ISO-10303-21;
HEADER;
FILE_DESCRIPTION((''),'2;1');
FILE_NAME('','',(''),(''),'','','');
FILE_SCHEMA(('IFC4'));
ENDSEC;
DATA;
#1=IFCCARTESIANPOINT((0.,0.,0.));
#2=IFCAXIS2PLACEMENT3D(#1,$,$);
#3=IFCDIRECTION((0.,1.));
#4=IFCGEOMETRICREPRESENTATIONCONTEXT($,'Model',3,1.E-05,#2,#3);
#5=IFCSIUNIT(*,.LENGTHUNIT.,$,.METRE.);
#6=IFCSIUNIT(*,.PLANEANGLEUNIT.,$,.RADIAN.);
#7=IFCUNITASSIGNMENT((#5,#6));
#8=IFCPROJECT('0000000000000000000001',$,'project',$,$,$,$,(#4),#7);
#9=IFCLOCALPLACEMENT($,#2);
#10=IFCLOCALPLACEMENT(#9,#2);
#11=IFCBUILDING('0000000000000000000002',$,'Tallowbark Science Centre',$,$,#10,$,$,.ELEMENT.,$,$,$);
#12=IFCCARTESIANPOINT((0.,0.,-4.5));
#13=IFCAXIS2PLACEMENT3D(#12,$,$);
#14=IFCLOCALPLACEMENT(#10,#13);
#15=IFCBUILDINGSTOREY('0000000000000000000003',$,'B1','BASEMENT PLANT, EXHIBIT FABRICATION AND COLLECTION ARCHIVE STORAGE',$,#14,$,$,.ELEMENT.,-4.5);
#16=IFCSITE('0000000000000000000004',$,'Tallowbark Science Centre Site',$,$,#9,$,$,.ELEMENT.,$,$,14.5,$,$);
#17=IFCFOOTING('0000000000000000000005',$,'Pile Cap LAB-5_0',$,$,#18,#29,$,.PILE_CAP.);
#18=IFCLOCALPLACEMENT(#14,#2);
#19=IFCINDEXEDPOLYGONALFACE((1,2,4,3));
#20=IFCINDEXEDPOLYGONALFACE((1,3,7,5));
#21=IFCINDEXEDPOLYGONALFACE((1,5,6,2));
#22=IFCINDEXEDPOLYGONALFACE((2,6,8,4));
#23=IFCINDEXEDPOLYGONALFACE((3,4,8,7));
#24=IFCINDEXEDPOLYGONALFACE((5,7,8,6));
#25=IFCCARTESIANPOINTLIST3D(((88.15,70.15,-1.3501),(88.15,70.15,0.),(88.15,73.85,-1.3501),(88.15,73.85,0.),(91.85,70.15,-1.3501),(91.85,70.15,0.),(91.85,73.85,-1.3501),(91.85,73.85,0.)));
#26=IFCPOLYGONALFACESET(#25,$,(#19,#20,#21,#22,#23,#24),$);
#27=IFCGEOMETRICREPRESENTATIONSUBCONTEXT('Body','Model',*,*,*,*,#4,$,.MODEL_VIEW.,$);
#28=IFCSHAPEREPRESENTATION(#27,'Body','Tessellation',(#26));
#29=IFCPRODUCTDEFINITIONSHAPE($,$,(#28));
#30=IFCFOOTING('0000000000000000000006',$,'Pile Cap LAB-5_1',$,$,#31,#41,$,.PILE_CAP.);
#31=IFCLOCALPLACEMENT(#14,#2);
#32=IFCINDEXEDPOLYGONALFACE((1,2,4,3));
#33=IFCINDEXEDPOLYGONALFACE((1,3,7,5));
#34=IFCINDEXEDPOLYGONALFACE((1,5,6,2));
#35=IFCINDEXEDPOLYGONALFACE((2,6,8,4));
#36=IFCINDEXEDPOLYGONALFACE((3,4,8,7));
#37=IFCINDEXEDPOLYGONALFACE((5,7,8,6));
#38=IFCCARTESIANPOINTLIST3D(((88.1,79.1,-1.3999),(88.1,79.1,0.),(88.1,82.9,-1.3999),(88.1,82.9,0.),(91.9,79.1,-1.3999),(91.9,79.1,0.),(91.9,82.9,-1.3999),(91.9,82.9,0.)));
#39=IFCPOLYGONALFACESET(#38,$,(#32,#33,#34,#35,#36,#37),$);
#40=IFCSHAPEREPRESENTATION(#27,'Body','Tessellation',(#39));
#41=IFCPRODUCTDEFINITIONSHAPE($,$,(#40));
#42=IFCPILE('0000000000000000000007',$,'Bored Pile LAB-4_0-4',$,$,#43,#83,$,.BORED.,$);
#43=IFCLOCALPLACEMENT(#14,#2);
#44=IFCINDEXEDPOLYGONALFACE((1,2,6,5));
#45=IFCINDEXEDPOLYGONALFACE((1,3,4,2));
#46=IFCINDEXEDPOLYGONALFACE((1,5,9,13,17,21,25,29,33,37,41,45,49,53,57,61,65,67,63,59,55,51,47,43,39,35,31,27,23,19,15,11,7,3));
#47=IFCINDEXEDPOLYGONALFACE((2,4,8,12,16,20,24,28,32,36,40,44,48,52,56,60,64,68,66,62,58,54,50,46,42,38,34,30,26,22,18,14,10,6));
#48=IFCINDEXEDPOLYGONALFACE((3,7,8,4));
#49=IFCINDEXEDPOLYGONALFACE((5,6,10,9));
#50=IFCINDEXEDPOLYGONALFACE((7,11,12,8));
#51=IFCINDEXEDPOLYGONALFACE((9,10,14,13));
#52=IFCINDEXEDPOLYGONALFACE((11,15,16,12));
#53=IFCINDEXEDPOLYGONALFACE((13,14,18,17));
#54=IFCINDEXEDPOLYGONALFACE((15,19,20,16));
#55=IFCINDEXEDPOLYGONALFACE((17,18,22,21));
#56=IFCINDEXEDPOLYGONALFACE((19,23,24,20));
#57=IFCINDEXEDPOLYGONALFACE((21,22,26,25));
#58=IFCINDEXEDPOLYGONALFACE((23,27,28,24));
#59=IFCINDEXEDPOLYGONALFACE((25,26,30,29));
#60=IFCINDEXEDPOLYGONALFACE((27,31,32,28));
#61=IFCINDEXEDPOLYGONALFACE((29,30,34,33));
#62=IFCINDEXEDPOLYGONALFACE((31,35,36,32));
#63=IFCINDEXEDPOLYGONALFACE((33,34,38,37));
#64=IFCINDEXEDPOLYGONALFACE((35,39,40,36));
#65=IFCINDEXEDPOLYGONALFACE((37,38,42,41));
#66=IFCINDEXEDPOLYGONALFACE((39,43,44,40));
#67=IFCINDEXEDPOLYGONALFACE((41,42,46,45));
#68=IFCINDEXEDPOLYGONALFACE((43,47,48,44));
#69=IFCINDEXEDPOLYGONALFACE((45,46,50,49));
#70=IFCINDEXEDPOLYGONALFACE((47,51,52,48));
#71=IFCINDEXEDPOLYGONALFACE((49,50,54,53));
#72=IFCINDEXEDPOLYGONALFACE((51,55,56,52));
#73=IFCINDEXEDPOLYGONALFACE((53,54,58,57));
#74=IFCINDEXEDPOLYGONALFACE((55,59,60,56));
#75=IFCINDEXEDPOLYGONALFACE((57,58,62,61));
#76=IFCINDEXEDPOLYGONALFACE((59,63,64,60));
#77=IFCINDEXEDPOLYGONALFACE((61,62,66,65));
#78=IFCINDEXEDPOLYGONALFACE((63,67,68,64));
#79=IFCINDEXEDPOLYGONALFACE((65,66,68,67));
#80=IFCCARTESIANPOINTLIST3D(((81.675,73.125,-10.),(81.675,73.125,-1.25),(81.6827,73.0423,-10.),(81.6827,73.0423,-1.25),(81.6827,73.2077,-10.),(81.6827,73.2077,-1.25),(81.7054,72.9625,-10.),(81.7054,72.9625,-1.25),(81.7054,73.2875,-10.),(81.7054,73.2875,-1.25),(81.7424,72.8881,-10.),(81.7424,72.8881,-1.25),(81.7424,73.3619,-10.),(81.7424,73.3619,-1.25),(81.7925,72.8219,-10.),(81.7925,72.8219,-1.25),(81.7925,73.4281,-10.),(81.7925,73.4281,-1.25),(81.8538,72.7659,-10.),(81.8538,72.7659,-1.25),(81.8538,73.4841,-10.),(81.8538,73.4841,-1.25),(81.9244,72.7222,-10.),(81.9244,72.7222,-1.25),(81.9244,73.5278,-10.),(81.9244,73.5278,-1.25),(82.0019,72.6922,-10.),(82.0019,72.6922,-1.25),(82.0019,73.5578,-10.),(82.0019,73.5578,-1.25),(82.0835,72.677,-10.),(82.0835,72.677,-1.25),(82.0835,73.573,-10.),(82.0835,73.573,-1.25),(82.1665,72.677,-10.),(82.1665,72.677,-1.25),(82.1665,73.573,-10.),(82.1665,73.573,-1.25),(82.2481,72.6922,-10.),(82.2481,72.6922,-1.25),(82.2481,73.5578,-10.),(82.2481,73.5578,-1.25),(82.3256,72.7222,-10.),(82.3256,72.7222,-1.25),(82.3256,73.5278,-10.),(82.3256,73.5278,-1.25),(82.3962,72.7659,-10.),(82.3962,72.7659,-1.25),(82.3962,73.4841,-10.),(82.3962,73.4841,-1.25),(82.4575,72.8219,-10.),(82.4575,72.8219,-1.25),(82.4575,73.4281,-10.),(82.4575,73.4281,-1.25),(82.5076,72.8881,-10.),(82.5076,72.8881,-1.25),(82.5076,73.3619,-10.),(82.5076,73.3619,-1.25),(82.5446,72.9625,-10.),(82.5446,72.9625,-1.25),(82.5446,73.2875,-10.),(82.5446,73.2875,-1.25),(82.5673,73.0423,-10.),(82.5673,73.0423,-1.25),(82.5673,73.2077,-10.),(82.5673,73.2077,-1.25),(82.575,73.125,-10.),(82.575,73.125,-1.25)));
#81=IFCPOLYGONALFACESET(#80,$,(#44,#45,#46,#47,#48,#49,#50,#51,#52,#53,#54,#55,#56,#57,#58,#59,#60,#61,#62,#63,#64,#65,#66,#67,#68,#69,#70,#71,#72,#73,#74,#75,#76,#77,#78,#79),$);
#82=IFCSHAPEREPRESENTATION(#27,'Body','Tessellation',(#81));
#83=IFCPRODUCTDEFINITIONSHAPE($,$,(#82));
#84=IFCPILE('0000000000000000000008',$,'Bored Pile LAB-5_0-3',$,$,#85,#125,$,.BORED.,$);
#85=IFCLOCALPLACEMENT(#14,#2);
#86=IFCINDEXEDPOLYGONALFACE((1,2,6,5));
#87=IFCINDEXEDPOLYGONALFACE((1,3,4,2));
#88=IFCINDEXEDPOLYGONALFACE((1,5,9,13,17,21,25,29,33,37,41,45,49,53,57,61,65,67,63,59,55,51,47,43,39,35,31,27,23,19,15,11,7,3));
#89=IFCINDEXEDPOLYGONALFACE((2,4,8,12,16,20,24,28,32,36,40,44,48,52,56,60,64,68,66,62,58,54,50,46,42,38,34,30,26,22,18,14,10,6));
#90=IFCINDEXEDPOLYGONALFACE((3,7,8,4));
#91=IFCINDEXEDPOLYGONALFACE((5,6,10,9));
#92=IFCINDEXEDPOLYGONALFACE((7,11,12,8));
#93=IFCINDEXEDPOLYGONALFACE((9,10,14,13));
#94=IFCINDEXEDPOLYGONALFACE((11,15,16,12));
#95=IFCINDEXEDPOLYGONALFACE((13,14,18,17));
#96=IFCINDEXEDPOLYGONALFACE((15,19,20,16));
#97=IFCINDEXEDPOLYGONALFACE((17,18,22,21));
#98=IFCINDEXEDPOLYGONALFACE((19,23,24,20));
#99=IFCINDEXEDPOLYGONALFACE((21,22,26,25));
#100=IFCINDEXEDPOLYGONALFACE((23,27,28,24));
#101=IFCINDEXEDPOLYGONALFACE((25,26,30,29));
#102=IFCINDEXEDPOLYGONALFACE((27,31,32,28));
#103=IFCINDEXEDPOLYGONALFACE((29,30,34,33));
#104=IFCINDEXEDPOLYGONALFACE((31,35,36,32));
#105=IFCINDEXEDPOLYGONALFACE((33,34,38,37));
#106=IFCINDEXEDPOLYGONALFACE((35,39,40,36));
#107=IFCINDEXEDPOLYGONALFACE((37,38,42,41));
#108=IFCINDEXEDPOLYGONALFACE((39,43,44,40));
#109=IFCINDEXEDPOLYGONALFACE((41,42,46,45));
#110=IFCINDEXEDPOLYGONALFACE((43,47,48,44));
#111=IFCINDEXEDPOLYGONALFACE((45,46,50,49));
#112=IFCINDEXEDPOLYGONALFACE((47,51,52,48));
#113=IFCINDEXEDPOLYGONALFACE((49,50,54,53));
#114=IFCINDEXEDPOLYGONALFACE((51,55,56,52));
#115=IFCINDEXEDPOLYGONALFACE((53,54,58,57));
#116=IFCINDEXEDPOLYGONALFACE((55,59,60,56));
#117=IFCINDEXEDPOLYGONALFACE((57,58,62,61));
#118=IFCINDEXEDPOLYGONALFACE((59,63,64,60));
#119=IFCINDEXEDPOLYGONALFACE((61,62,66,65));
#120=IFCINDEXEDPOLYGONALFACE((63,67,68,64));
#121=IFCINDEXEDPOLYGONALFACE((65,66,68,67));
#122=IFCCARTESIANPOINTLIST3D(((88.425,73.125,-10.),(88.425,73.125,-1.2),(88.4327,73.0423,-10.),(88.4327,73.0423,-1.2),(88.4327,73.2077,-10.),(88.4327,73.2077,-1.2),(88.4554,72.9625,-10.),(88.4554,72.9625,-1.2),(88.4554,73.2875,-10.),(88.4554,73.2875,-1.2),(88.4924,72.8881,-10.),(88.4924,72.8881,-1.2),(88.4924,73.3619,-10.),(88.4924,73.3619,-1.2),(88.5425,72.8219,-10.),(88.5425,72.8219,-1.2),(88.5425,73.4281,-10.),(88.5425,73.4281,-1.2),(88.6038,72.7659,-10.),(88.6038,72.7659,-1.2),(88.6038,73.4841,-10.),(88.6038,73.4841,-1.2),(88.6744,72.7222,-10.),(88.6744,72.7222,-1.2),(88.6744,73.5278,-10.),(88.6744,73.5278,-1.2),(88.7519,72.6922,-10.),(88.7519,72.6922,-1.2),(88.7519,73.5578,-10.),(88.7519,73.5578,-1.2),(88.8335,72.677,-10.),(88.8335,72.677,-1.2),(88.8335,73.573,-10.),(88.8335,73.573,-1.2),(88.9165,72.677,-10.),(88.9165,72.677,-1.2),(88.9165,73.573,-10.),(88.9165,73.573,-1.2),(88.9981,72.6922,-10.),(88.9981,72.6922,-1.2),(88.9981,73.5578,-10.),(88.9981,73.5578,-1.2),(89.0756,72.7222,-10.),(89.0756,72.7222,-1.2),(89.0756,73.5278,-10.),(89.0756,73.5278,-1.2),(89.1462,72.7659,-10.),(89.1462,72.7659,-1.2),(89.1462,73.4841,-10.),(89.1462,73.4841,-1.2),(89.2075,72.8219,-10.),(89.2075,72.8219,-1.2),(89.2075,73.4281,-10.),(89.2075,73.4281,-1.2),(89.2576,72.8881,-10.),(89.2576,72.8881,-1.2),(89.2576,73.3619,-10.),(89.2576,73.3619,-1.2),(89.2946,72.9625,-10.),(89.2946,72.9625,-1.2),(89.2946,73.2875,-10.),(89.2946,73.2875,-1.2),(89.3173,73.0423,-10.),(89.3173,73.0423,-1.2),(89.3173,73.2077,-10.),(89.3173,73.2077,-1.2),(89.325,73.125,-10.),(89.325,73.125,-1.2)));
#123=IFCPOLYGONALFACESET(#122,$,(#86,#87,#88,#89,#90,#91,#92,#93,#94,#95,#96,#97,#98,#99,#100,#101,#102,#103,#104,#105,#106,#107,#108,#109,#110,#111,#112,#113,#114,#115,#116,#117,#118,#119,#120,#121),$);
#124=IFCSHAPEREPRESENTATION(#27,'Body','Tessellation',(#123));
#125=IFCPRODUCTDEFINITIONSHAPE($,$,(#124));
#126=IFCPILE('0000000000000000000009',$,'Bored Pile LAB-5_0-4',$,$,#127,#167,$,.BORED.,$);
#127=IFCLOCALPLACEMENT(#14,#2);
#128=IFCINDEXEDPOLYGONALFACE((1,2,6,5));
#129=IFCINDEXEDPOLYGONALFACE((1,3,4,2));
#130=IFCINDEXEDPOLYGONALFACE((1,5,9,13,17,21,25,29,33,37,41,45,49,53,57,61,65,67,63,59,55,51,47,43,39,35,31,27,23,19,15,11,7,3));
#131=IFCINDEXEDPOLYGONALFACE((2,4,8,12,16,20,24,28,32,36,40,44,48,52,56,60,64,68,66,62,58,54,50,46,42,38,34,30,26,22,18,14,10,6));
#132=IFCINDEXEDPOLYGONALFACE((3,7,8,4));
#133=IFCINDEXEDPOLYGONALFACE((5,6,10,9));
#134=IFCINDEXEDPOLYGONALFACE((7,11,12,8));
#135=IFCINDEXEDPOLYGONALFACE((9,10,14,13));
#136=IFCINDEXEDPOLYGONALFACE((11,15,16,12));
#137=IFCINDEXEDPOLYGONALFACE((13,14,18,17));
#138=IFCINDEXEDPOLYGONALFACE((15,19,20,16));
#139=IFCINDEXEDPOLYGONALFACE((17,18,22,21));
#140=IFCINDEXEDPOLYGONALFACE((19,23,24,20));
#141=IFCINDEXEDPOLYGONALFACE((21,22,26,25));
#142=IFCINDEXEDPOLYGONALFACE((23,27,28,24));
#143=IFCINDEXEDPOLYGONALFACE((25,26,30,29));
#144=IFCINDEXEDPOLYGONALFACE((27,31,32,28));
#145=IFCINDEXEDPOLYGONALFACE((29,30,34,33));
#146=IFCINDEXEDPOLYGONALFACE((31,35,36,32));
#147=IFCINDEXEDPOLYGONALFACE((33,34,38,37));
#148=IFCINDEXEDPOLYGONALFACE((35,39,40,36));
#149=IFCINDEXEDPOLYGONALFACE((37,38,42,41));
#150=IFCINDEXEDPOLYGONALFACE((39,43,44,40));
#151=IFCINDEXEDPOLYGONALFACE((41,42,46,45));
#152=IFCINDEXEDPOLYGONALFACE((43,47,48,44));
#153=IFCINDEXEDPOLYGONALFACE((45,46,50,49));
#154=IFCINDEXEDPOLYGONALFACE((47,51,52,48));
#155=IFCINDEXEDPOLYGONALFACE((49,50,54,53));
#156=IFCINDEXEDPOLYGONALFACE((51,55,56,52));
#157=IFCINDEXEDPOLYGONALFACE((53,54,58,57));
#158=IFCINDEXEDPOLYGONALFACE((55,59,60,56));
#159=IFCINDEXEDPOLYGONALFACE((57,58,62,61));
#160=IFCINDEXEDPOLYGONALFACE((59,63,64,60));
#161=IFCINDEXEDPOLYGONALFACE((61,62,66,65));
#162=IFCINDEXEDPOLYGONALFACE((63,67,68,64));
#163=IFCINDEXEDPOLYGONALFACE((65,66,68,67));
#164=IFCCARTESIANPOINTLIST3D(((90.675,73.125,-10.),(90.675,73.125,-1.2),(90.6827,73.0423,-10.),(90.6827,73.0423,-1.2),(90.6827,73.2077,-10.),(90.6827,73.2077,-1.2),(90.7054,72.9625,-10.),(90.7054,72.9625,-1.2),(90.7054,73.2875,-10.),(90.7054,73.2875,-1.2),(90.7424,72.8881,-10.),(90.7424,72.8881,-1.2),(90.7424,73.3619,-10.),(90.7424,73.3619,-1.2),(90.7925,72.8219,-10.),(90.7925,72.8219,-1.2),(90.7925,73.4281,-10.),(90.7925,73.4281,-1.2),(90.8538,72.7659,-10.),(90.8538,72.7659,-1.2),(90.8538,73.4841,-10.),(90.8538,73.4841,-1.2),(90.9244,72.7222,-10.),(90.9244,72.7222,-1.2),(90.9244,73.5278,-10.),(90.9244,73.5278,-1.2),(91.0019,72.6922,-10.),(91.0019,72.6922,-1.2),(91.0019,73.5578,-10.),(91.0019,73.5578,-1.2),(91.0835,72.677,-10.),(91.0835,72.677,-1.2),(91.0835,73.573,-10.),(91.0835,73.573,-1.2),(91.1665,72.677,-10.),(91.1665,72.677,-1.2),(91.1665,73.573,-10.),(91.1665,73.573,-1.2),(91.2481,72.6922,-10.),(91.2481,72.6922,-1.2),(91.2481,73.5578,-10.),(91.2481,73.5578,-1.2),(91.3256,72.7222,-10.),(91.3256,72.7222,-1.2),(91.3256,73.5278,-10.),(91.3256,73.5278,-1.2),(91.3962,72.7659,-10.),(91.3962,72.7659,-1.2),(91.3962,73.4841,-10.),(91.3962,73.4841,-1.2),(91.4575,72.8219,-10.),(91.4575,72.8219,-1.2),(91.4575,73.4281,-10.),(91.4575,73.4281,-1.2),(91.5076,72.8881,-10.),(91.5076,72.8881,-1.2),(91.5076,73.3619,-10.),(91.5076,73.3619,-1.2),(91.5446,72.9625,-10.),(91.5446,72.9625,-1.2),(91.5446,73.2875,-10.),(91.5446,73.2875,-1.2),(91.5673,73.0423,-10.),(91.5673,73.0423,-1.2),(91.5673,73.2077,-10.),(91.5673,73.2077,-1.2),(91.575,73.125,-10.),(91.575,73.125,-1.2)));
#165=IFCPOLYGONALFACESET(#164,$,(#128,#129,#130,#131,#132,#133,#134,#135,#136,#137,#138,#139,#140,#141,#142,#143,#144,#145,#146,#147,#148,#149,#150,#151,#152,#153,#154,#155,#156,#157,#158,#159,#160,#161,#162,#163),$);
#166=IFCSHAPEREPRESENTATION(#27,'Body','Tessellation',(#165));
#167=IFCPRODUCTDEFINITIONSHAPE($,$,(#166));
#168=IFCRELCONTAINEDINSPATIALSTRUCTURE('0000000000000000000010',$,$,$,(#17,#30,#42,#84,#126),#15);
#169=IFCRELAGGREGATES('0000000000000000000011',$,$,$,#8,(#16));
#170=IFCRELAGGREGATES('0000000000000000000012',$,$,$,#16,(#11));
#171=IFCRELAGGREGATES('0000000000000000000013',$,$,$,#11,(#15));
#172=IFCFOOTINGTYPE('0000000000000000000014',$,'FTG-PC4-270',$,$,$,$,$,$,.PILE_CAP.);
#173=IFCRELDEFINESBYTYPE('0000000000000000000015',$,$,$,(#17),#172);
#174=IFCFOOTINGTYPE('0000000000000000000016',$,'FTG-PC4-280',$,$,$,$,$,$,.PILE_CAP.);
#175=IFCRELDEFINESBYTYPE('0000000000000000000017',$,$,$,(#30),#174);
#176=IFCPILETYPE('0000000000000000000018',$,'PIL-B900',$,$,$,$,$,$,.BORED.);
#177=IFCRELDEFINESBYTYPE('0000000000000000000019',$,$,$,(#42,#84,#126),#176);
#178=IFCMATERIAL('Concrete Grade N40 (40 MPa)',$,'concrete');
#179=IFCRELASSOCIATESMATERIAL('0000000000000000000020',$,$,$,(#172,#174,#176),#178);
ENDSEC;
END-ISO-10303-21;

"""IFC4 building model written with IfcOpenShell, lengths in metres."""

from ifc_helpers import new_model, si_unit, direction, frame, origin, origin_2d, place, context, subcontext, project, spatial, rectangle, circle, extrude, material, material_profile, profile_set, type_object, element, save


model = new_model("IFC4")

# Units and contexts
model_context = context("Model", 3, precision=1e-05, world=origin(), true_north=direction((0.0, 1.0)))
body_context = subcontext(model_context, "Body", "Model", "MODEL_VIEW")
ifc_project = project(units=[si_unit("LENGTHUNIT", "METRE"), si_unit("PLANEANGLEUNIT", "RADIAN")], contexts=[model_context])

# Site, building, storey
site_placement = place(None, origin())
site = spatial("IfcSite", under=ifc_project, at=site_placement, Name="Tallowbark Science Centre Site", CompositionType="ELEMENT", RefElevation=14.5)
building_placement = place(site_placement, origin())
building = spatial("IfcBuilding", under=site, at=building_placement, Name="Tallowbark Science Centre", CompositionType="ELEMENT")
storey_placement = place(building_placement, frame((0.0, 0.0, -4.5)))
storey = spatial("IfcBuildingStorey", under=building, at=storey_placement, Name="B1", Description="BASEMENT PLANT, EXHIBIT FABRICATION AND COLLECTION ARCHIVE STORAGE", CompositionType="ELEMENT", Elevation=-4.5)

# Footings
ifc_material_1 = material(Name="Concrete Grade N40 (40 MPa)", Category="concrete")
footing_type_1 = type_object("IfcFootingType", Name="FTG-PC4-270", PredefinedType="PILE_CAP", material=ifc_material_1)
footing_1_placement = place(storey_placement, frame((90.0, 72.0, -1.3501), z_axis=(0.0, 0.0, 1.0), x_axis=(1.0, 0.0, 0.0)))
element("IfcFooting", 1, at=footing_1_placement, inside=storey, type_object=footing_type_1, Name="Pile Cap LAB-5_0", PredefinedType="PILE_CAP", context=body_context, shape_type="SweptSolid", body=[
    extrude(rectangle(XDim=3.7, YDim=3.7, at=origin_2d()), origin(), (0.0, 0.0, 1.0), 1.3501),
])
footing_type_2 = type_object("IfcFootingType", Name="FTG-PC4-280", PredefinedType="PILE_CAP", material=ifc_material_1)
footing_2_placement = place(storey_placement, frame((90.0, 81.0, -1.3999), z_axis=(0.0, 0.0, 1.0), x_axis=(1.0, 0.0, 0.0)))
element("IfcFooting", 2, at=footing_2_placement, inside=storey, type_object=footing_type_2, Name="Pile Cap LAB-5_1", PredefinedType="PILE_CAP", context=body_context, shape_type="SweptSolid", body=[
    extrude(rectangle(XDim=3.8, YDim=3.8, at=origin_2d()), origin(), (0.0, 0.0, 1.0), 1.3999),
])

# Piles
ifc_material_profile_1 = material_profile(ifc_material_1, circle(Radius=0.45, at=origin_2d()), Name="PILE900")
ifc_profile_set_1 = profile_set([ifc_material_profile_1], Name="Concrete Grade N40 (40 MPa)")
pile_type = type_object("IfcPileType", Name="PIL-B900", PredefinedType="BORED", material=ifc_profile_set_1)
pile_placement = place(storey_placement, frame((82.125, 73.125, -1.25), z_axis=(0.0, 0.0, -1.0), x_axis=(1.0, 0.0, 0.0)))
element("IfcPile", 3, at=pile_placement, inside=storey, type_object=pile_type, Name="Bored Pile LAB-4_0-4", PredefinedType="BORED", context=body_context, shape_type="SweptSolid", body=[
    extrude(circle(Radius=0.45, at=origin_2d()), origin(), (0.0, 0.0, 1.0), 8.75),
])
for number, where, z_axis, x_axis, name in (
    (4, (88.875, 73.125, -1.2), (0.0, 0.0, -1.0), (1.0, 0.0, 0.0), "Bored Pile LAB-5_0-3"),
    (5, (91.125, 73.125, -1.2), (0.0, 0.0, -1.0), (1.0, 0.0, 0.0), "Bored Pile LAB-5_0-4"),
):
    element("IfcPile", number, at=place(storey_placement, frame(where, z_axis=z_axis, x_axis=x_axis)), inside=storey, type_object=pile_type, Name=name, PredefinedType="BORED", context=body_context, shape_type="SweptSolid", body=[
        extrude(circle(Radius=0.45, at=origin_2d()), origin(), (0.0, 0.0, 1.0), 8.8),
    ])

save(model, "model.ifc")
